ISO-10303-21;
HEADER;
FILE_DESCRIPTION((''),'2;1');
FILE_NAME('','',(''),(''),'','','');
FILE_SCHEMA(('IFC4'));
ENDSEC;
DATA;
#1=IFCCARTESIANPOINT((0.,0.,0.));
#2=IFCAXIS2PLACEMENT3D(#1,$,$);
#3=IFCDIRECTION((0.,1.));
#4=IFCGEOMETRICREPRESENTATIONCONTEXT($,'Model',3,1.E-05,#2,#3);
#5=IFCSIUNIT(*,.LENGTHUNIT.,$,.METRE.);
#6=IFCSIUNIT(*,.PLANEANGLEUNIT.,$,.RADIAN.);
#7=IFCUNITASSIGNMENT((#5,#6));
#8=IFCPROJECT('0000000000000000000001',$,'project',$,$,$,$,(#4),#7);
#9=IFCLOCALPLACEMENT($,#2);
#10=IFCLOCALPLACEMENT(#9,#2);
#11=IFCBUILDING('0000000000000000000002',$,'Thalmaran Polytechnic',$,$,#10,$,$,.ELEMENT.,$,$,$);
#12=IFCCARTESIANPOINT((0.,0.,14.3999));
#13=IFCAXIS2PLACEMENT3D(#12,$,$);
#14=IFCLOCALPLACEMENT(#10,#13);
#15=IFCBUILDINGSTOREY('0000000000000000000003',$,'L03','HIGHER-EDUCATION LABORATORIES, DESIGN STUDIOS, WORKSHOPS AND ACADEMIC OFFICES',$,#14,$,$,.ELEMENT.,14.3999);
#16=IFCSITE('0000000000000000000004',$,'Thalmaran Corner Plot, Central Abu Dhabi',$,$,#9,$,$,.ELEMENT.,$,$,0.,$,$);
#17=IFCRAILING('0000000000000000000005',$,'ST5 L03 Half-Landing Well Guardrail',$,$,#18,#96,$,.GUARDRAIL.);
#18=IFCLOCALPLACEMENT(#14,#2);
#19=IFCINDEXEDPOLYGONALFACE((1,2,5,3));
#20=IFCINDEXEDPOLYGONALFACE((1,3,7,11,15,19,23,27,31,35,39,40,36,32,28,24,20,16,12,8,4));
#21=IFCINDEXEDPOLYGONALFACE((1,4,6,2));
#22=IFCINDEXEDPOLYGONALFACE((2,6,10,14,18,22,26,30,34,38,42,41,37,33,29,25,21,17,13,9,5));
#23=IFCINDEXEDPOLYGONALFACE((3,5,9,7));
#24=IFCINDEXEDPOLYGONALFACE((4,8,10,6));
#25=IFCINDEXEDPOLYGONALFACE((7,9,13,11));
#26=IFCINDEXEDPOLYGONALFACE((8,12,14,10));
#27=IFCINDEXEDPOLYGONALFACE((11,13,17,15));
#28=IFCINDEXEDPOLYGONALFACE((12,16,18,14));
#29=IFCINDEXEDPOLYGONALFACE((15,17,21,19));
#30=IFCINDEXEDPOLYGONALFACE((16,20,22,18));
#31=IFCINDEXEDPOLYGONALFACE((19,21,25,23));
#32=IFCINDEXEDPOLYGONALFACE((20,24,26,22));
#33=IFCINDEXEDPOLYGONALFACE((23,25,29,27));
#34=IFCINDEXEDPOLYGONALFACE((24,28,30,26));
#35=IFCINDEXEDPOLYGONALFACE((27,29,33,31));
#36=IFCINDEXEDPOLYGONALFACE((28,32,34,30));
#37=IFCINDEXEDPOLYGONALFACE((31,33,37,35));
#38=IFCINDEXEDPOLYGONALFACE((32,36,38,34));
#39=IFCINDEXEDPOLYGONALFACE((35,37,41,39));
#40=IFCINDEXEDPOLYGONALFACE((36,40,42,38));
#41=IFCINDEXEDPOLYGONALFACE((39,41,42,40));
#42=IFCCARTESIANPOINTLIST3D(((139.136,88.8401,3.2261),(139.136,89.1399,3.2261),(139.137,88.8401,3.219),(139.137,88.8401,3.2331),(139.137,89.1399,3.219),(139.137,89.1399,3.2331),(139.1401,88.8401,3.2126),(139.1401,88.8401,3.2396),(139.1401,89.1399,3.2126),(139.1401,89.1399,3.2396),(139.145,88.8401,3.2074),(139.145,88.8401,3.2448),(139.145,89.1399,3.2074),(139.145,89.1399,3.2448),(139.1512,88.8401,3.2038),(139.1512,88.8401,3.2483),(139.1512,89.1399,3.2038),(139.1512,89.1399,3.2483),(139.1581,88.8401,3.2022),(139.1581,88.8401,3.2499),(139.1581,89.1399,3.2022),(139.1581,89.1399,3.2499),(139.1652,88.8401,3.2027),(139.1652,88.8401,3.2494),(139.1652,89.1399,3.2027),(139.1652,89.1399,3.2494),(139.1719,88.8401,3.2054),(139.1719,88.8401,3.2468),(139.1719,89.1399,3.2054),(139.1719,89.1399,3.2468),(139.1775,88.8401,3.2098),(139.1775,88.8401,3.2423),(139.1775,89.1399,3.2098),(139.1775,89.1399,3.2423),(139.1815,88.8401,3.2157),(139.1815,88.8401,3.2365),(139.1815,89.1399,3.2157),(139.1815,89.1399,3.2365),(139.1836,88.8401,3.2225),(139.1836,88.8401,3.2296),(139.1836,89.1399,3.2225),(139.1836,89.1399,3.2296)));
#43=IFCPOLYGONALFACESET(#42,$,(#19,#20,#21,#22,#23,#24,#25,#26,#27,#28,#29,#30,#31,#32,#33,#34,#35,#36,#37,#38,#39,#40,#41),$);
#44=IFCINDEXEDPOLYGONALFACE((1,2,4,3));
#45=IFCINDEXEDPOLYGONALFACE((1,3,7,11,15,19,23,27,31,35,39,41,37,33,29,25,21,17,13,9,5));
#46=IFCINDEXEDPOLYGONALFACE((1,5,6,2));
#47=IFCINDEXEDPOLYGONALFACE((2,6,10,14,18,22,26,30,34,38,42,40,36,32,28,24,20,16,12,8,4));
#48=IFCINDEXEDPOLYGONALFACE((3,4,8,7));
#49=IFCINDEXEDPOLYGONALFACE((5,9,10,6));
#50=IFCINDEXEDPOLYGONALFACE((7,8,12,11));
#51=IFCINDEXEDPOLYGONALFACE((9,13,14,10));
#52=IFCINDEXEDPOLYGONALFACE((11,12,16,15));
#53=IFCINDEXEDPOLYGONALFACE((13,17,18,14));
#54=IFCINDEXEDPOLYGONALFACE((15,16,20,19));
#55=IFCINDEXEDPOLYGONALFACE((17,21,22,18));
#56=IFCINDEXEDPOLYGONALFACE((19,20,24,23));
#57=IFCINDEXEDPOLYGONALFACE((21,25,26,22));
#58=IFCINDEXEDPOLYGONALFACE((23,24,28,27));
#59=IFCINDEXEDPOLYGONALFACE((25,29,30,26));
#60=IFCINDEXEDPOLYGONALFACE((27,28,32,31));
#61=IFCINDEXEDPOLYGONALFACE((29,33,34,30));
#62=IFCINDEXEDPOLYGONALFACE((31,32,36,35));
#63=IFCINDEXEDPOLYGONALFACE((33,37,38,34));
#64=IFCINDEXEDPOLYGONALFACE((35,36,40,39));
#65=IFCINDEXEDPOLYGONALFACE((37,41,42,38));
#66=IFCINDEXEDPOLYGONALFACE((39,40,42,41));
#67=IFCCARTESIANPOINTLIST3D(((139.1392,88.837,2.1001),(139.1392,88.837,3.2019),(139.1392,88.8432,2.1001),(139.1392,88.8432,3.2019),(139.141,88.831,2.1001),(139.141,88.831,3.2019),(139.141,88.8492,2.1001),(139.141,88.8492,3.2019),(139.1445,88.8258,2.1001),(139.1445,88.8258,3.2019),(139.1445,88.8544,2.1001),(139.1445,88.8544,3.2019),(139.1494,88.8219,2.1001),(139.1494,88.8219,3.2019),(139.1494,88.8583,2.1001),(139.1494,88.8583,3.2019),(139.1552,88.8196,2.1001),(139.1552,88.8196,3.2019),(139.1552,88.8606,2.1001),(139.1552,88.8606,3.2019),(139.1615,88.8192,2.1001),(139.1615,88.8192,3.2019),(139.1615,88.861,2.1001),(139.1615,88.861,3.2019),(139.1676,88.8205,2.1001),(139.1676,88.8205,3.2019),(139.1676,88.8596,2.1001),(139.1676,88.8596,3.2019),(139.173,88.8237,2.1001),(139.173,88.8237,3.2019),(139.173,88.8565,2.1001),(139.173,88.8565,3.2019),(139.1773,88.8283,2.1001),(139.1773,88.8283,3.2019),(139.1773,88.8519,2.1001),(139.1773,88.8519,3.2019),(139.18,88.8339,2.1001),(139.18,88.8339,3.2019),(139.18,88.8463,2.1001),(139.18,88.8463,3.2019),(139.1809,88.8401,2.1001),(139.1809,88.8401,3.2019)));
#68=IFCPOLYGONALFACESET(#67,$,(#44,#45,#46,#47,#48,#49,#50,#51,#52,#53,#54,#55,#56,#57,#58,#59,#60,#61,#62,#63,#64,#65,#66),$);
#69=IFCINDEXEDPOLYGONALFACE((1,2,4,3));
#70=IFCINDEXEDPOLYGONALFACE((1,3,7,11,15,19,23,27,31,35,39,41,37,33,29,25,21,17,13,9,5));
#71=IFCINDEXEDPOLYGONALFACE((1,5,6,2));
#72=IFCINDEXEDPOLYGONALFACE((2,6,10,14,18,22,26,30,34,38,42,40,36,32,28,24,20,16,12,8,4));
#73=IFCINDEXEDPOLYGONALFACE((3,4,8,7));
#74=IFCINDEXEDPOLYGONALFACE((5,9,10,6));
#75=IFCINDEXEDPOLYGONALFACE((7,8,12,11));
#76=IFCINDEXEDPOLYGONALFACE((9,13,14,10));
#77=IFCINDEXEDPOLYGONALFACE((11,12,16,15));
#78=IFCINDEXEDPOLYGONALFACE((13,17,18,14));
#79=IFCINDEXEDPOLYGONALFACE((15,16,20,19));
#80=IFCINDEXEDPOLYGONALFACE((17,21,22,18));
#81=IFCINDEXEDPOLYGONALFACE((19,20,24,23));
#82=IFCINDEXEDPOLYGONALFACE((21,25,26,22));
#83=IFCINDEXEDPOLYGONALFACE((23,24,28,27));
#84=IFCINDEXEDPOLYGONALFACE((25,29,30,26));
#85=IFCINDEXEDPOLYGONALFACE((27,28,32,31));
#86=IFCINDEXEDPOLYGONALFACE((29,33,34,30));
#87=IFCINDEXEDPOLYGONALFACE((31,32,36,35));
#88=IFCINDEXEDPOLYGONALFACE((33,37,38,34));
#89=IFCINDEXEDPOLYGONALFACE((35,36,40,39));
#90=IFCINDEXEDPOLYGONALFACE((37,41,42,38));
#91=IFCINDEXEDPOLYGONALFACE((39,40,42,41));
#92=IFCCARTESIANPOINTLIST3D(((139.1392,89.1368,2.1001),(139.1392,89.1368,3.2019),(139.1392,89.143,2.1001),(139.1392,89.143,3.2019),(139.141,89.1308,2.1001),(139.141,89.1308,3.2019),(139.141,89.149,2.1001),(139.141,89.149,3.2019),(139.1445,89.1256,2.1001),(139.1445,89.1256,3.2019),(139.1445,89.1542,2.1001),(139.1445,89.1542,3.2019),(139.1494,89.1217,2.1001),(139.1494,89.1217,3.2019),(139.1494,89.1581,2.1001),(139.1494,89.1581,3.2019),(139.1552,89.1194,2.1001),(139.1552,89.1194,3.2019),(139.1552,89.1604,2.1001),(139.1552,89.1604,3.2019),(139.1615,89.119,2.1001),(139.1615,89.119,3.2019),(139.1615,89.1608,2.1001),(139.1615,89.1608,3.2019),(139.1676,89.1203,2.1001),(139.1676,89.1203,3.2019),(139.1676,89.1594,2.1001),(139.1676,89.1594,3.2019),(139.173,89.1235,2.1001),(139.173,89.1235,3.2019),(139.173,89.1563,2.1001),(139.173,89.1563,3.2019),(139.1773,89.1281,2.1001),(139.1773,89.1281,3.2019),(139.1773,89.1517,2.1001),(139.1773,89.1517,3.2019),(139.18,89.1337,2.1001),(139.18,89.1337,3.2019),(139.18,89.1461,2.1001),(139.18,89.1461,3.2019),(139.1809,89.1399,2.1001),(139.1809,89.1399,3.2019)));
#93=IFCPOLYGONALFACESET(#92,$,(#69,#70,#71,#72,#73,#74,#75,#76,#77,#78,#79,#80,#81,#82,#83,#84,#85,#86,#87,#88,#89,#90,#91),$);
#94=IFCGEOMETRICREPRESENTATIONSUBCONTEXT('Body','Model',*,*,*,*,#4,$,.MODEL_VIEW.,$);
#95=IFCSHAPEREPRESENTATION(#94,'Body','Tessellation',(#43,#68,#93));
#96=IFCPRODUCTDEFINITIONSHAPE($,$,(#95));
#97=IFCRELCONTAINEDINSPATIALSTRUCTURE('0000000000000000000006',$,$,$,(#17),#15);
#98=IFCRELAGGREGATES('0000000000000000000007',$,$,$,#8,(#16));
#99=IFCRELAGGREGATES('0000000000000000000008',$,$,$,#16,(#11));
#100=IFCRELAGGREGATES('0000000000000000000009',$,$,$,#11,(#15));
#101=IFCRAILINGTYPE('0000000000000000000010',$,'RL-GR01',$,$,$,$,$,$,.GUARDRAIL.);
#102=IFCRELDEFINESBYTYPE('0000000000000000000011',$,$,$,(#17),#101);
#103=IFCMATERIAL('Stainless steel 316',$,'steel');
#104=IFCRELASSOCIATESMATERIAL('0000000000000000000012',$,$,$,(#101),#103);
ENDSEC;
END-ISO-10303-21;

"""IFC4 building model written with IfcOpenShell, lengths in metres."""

from ifc_helpers import new_model, si_unit, direction, frame, origin, origin_2d, place, context, subcontext, project, spatial, circle, extrude, material, type_object, element, save


model = new_model("IFC4")

# Units and contexts
model_context = context("Model", 3, precision=1e-05, world=origin(), true_north=direction((0.0, 1.0)))
body_context = subcontext(model_context, "Body", "Model", "MODEL_VIEW")
ifc_project = project(units=[si_unit("LENGTHUNIT", "METRE"), si_unit("PLANEANGLEUNIT", "RADIAN")], contexts=[model_context])

# Site, building, storey
site_placement = place(None, origin())
site = spatial("IfcSite", under=ifc_project, at=site_placement, Name="Thalmaran Corner Plot, Central Abu Dhabi", CompositionType="ELEMENT", RefElevation=0.0)
building_placement = place(site_placement, origin())
building = spatial("IfcBuilding", under=site, at=building_placement, Name="Thalmaran Polytechnic", CompositionType="ELEMENT")
storey_placement = place(building_placement, frame((0.0, 0.0, 14.3999)))
storey = spatial("IfcBuildingStorey", under=building, at=storey_placement, Name="L03", Description="HIGHER-EDUCATION LABORATORIES, DESIGN STUDIOS, WORKSHOPS AND ACADEMIC OFFICES", CompositionType="ELEMENT", Elevation=14.3999)

# Railing
ifc_material_1 = material(Name="Stainless steel 316", Category="steel")
railing_type_1 = type_object("IfcRailingType", Name="RL-GR01", PredefinedType="GUARDRAIL", material=ifc_material_1)
railing_1_placement = place(storey_placement, frame((139.1599, 88.8401, 2.1001)))
element("IfcRailing", 1, at=railing_1_placement, inside=storey, type_object=railing_type_1, Name="ST5 L03 Half-Landing Well Guardrail", PredefinedType="GUARDRAIL", context=body_context, shape_type="SweptSolid", body=[
    extrude(circle(Radius=0.0239, at=origin_2d()), frame((0.0, 0.0, 1.126), z_axis=(0.0, 1.0, 0.0), x_axis=(-1.0, 0.0, 0.0)), (0.0, 0.0, 1.0), 0.2998),
    extrude(circle(Radius=0.021, at=origin_2d()), origin(), (0.0, 0.0, 1.0), 1.1018),
    extrude(circle(Radius=0.021, at=origin_2d()), frame((0.0, 0.2998, 0.0)), (0.0, 0.0, 1.0), 1.1018),
])

save(model, "model.ifc")
